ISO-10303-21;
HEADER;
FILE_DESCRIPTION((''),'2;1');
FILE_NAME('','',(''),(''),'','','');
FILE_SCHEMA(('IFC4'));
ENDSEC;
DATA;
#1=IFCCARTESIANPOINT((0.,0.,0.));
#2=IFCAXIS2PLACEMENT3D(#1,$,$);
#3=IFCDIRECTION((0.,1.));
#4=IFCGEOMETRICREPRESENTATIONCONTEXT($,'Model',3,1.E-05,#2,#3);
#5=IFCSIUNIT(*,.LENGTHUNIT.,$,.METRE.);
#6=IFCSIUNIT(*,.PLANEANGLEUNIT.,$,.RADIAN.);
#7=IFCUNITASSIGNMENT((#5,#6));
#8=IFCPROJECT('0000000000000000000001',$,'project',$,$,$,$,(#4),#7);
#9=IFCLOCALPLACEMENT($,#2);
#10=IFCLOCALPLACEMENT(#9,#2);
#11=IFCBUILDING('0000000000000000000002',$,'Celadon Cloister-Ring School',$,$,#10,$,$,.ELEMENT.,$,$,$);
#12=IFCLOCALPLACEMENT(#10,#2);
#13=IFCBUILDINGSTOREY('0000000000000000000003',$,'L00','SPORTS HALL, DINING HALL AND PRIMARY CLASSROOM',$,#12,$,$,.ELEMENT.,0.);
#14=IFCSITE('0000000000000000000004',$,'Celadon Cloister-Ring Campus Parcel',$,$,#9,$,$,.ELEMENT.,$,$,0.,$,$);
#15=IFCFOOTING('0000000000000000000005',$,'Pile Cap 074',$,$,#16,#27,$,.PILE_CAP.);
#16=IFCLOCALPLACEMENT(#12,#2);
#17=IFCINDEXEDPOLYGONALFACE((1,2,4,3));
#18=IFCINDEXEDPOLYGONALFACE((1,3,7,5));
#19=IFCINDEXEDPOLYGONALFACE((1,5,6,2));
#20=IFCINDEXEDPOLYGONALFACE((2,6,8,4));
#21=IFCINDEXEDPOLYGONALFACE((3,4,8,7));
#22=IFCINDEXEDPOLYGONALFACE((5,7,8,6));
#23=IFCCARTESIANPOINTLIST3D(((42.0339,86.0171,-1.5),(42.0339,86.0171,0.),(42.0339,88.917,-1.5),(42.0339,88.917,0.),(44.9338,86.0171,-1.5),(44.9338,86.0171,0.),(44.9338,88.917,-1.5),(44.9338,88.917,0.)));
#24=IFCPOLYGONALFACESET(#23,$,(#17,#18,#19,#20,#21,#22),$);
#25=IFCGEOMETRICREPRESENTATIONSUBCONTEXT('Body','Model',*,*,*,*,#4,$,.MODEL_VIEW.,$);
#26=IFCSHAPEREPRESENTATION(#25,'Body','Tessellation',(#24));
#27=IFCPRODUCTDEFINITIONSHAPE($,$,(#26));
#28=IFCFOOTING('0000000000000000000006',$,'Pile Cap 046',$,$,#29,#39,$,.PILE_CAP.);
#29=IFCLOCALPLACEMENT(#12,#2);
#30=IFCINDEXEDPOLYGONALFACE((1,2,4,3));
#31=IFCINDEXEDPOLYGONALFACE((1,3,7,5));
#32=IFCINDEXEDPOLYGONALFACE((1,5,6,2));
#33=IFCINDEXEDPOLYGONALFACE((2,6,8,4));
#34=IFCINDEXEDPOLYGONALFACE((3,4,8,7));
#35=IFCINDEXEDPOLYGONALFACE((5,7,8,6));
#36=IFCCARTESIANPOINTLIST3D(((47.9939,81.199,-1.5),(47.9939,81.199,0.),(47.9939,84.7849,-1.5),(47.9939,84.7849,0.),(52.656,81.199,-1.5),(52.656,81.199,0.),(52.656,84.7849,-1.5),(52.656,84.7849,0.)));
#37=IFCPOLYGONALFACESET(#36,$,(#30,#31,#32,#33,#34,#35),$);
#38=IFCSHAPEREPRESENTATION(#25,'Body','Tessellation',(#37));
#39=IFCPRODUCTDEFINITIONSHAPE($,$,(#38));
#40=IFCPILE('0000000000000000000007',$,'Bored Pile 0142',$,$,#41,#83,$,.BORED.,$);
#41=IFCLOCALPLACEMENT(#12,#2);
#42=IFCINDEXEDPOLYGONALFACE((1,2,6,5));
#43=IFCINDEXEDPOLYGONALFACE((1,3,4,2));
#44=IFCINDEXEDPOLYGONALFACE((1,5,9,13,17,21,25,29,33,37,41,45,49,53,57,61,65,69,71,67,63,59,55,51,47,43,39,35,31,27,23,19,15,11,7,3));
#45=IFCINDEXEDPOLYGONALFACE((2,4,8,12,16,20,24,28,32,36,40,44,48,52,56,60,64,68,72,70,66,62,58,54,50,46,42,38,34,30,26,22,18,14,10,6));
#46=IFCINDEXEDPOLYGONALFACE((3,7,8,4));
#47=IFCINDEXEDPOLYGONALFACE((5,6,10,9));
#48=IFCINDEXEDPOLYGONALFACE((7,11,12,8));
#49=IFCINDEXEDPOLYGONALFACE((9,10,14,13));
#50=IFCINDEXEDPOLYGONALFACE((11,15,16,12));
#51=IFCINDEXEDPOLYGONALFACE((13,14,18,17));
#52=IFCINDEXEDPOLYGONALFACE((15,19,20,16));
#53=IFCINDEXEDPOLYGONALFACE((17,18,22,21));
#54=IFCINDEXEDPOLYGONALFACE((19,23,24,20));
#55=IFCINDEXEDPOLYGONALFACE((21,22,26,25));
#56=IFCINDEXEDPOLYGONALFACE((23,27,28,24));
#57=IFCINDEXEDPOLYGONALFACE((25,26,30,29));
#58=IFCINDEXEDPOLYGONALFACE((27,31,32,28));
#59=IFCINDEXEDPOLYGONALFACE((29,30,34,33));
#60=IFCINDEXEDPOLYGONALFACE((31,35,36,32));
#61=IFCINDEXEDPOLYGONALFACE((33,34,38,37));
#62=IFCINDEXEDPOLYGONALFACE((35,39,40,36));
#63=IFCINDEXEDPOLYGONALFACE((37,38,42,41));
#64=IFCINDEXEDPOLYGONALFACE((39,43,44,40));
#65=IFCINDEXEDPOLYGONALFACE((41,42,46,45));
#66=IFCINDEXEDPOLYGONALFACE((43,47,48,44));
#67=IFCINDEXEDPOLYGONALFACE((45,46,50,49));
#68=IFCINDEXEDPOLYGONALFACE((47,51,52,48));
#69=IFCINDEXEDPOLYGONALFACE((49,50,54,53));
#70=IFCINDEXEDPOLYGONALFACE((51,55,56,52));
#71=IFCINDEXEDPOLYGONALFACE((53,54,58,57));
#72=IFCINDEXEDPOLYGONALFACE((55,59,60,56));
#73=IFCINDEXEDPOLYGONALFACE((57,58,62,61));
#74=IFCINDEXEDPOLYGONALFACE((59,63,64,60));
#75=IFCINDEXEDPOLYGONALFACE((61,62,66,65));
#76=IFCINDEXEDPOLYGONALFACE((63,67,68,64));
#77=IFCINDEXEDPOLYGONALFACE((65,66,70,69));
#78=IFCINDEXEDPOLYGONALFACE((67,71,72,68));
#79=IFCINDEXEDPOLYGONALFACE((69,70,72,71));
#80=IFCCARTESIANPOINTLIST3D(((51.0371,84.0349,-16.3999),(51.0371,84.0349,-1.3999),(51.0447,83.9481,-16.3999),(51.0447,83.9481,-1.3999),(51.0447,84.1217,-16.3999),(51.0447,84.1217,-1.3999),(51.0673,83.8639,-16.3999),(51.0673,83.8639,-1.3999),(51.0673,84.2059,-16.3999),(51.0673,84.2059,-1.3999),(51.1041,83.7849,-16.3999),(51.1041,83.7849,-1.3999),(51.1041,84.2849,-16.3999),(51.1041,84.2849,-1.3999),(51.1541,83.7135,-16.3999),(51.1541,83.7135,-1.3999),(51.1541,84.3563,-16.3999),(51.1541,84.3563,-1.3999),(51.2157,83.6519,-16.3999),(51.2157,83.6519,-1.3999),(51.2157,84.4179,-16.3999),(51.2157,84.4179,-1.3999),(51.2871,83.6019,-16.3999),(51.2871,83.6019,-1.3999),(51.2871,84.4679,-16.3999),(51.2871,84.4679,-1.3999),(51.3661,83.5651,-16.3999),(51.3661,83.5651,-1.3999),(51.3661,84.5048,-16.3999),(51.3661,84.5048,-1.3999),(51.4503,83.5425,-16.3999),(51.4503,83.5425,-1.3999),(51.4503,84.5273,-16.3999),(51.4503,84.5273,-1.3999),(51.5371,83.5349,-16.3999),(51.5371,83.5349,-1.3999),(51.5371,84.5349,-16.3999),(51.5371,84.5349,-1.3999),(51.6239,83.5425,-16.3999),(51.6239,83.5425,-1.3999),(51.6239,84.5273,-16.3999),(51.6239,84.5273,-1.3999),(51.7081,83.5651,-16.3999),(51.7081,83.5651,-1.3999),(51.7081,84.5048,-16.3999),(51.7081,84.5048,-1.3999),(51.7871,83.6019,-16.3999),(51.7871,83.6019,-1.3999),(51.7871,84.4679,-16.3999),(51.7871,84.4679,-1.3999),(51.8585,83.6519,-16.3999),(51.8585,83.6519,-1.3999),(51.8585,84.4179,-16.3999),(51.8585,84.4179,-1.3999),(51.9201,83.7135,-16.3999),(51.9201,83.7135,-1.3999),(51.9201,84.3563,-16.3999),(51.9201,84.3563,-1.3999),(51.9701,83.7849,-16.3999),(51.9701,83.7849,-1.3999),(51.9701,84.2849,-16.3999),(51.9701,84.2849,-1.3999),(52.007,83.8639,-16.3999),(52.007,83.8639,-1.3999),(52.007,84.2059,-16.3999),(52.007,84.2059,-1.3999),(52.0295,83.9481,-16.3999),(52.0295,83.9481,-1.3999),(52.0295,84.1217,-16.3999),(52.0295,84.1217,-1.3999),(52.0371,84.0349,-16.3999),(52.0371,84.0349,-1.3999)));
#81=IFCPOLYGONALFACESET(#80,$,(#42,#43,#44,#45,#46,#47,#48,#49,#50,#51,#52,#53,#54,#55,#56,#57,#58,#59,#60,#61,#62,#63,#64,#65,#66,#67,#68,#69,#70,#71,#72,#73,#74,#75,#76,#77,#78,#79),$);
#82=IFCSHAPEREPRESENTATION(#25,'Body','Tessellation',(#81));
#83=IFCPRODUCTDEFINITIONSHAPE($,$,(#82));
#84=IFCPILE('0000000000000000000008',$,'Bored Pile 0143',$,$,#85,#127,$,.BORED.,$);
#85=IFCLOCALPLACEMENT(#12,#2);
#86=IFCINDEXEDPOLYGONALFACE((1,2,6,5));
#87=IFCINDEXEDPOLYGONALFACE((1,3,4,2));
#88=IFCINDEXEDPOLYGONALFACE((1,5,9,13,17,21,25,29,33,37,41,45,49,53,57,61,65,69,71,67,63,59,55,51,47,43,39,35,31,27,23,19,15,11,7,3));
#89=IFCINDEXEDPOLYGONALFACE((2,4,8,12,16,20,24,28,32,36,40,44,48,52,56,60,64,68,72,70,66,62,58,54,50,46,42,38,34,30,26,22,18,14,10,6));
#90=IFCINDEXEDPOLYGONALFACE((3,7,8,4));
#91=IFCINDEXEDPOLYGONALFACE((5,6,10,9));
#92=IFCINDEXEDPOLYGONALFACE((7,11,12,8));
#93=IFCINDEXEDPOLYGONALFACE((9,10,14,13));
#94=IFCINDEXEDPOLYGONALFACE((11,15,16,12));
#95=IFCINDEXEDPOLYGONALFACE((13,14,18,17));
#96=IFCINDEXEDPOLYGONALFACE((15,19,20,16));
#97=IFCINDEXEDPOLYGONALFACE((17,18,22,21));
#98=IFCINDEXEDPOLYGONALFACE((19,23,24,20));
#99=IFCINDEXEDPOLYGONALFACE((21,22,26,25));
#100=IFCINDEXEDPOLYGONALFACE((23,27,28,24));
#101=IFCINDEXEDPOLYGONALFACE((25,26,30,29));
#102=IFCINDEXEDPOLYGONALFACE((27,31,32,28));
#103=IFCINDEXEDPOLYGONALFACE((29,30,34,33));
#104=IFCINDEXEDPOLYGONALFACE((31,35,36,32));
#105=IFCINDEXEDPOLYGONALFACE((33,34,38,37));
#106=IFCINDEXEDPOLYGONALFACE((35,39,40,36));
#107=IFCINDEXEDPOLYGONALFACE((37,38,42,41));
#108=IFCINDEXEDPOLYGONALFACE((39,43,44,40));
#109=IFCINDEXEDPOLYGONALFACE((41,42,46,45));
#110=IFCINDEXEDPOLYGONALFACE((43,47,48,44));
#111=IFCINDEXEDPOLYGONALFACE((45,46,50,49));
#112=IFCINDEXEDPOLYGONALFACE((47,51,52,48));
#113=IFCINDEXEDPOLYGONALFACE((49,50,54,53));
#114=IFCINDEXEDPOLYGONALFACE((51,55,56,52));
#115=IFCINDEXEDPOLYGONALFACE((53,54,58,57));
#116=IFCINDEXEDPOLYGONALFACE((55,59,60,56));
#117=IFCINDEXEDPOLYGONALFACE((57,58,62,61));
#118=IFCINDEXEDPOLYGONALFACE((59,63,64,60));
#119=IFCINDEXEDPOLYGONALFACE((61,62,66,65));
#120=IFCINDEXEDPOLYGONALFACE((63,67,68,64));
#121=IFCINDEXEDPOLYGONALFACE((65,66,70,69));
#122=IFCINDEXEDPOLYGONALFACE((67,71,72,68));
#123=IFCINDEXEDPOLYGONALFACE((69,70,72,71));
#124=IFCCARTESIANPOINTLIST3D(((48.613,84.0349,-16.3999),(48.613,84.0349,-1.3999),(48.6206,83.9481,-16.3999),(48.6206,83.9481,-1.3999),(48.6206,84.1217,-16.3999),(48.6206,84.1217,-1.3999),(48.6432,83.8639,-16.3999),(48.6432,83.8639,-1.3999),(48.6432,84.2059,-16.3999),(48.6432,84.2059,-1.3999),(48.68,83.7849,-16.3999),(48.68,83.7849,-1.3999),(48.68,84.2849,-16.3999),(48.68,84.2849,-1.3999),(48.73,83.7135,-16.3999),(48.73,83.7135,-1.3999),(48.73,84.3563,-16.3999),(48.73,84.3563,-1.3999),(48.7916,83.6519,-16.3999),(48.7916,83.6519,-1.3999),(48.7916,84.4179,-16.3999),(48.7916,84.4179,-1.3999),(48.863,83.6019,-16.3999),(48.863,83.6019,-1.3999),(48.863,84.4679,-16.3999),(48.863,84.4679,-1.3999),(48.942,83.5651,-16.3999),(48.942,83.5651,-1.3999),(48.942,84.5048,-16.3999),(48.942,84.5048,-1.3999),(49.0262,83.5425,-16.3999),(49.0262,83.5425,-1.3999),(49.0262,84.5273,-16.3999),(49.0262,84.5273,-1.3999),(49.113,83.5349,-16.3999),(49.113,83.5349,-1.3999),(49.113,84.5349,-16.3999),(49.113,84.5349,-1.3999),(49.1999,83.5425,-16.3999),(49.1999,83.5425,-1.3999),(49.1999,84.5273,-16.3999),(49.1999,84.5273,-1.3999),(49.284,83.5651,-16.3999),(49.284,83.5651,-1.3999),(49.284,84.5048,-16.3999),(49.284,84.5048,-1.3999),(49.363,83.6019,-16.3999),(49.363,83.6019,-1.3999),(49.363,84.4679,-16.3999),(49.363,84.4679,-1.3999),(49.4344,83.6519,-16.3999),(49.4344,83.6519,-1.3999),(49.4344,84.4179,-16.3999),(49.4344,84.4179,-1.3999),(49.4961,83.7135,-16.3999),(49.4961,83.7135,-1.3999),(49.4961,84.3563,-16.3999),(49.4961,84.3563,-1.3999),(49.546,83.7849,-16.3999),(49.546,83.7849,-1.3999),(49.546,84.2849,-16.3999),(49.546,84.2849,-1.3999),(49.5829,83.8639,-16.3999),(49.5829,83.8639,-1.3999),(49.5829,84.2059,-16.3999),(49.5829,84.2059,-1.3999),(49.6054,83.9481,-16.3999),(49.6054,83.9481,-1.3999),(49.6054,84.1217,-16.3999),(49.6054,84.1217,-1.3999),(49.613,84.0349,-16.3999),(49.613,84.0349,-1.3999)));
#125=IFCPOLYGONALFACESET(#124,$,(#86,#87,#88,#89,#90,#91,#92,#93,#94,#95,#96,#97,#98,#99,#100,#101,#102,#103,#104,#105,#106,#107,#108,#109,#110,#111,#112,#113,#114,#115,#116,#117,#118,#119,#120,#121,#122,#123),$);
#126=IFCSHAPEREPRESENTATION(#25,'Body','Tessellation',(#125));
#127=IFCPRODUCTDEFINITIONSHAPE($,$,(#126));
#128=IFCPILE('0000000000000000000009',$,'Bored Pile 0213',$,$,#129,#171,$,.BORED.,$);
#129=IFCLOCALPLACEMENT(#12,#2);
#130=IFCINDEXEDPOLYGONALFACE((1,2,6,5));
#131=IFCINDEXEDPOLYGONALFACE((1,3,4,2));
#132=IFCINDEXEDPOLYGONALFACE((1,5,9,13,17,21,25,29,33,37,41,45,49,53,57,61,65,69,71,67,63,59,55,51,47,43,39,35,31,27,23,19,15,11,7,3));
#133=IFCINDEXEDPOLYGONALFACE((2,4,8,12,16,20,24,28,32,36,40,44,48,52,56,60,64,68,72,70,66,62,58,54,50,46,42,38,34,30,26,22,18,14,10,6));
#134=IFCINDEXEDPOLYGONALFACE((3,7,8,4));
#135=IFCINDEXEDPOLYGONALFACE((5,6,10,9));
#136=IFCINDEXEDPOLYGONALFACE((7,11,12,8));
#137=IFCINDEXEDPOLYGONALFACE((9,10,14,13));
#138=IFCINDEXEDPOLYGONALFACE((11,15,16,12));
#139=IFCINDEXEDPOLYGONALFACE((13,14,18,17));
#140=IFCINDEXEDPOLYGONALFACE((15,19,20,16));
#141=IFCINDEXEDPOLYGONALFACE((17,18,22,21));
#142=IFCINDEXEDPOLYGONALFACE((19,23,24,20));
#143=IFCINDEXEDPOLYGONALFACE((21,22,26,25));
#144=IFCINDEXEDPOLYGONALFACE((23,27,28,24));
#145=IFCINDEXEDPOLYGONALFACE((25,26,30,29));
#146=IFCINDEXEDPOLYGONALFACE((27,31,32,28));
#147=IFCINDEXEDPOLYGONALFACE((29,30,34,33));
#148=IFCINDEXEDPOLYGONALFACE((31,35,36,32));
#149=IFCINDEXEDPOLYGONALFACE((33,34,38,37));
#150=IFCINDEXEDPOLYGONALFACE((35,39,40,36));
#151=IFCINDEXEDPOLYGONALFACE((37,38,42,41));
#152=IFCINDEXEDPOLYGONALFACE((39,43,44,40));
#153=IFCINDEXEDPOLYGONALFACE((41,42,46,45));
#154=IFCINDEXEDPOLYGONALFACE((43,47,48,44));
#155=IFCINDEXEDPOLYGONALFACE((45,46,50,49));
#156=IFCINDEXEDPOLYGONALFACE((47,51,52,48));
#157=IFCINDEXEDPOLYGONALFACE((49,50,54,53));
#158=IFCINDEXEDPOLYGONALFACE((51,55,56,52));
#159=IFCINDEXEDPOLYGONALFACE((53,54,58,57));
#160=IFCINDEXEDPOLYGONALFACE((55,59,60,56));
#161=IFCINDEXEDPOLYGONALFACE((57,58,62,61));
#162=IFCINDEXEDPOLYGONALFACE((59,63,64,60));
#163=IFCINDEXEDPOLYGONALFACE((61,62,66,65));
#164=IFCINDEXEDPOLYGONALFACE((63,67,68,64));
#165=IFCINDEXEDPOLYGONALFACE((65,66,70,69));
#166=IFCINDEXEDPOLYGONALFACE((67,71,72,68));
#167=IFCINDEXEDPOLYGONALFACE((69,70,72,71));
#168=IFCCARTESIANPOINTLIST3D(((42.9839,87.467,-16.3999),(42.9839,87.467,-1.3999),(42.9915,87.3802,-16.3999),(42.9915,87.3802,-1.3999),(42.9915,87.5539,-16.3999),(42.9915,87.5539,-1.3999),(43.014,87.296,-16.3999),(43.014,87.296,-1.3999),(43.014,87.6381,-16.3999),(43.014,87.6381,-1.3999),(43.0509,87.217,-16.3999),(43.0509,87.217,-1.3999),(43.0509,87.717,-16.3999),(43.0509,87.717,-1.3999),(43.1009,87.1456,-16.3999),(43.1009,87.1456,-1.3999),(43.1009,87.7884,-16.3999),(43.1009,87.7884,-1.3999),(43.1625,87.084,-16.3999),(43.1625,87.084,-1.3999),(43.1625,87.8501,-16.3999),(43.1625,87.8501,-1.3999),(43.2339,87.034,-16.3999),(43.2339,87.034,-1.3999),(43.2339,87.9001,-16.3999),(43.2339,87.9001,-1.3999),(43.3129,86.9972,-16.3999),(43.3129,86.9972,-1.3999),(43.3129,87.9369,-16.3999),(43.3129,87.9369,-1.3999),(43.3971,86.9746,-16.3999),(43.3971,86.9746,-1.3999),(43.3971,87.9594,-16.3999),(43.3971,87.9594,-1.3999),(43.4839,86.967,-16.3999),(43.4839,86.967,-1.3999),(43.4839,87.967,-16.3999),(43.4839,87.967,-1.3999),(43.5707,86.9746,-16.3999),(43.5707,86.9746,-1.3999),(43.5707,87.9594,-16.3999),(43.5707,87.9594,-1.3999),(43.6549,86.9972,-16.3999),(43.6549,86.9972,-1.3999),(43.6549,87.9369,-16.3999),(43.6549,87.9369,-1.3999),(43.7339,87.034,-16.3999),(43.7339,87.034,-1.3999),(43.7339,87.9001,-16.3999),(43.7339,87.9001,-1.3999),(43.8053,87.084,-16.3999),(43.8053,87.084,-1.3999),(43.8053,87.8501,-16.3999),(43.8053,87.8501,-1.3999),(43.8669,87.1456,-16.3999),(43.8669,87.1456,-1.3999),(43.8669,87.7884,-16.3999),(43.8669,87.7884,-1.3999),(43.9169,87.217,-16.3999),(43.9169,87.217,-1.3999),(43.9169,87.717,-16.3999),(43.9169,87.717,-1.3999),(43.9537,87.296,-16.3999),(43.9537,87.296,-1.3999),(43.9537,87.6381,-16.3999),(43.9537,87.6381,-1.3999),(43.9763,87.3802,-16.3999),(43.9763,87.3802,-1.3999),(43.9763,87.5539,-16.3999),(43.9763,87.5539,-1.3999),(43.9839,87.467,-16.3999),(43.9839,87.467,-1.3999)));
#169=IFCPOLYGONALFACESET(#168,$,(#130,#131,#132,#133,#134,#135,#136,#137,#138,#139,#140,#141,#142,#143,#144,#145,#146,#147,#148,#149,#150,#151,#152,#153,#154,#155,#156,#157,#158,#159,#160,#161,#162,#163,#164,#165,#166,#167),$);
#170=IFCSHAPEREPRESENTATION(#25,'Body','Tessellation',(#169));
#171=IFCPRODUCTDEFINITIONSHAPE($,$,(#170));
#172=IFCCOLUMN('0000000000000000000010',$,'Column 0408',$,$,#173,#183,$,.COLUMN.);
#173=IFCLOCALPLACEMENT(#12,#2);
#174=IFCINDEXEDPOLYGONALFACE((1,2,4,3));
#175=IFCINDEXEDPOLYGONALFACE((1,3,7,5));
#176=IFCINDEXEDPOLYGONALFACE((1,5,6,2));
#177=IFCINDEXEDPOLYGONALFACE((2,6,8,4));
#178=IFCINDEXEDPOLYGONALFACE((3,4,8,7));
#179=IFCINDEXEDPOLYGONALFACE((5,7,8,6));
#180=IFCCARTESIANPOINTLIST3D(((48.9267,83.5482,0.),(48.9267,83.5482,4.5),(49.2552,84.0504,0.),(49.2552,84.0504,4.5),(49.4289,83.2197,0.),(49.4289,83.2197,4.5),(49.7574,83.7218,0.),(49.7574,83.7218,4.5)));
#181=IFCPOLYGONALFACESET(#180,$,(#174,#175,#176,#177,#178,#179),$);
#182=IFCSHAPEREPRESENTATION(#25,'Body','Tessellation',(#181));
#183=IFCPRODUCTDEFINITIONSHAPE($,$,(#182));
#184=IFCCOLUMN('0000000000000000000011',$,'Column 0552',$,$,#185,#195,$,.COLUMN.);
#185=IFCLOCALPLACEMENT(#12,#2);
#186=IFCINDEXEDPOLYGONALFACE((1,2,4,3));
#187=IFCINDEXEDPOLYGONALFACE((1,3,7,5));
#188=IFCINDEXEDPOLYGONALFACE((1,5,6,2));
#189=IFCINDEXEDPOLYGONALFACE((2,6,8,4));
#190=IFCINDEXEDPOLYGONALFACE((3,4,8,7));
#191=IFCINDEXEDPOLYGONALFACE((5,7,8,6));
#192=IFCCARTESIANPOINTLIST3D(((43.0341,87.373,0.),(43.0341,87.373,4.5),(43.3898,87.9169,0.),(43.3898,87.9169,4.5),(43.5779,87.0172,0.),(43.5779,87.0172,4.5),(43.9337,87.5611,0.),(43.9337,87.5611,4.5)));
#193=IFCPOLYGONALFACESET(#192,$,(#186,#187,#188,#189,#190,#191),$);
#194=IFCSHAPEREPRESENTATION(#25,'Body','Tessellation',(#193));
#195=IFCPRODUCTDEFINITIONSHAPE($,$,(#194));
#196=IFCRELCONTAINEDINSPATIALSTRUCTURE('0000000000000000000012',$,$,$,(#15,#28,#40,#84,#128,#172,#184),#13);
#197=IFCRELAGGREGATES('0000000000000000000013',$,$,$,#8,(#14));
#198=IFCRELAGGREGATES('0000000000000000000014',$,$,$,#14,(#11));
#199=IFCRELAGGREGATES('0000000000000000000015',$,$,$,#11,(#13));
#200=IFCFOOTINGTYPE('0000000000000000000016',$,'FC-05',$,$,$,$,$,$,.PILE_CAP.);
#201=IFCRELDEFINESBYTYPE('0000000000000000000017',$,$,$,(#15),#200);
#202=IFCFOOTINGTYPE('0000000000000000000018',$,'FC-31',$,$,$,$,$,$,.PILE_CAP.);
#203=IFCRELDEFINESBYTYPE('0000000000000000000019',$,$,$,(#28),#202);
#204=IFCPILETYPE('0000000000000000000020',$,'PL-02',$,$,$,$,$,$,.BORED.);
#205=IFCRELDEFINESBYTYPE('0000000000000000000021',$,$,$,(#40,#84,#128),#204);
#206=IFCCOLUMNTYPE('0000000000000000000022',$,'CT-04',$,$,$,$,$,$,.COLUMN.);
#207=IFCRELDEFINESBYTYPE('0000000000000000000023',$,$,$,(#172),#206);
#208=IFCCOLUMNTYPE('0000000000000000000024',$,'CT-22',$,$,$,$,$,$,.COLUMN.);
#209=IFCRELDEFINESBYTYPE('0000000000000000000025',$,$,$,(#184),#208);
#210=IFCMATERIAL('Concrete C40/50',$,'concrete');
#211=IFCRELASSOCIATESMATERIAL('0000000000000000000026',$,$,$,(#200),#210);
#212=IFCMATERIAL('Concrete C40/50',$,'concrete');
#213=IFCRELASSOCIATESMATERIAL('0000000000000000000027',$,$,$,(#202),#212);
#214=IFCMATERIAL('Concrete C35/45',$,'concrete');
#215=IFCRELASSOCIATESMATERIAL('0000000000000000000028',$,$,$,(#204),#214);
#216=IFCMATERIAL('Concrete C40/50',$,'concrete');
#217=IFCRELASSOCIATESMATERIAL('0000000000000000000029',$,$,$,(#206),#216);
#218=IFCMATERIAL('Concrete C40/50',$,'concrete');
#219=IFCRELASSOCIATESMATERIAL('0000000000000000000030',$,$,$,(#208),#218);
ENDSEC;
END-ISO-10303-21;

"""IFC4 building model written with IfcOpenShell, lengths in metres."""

from ifc_helpers import new_model, si_unit, direction, frame, origin, origin_2d, place, context, subcontext, project, spatial, rectangle, circle, extrude, material, material_profile, profile_set, type_object, element, save


model = new_model("IFC4")

# Units and contexts
model_context = context("Model", 3, precision=1e-05, world=origin(), true_north=direction((0.0, 1.0)))
body_context = subcontext(model_context, "Body", "Model", "MODEL_VIEW")
ifc_project = project(units=[si_unit("LENGTHUNIT", "METRE"), si_unit("PLANEANGLEUNIT", "RADIAN")], contexts=[model_context])

# Site, building, storey
site_placement = place(None, origin())
site = spatial("IfcSite", under=ifc_project, at=site_placement, Name="Celadon Cloister-Ring Campus Parcel", CompositionType="ELEMENT", RefElevation=0.0)
building_placement = place(site_placement, origin())
building = spatial("IfcBuilding", under=site, at=building_placement, Name="Celadon Cloister-Ring School", CompositionType="ELEMENT")
storey_placement = place(building_placement, origin())
storey = spatial("IfcBuildingStorey", under=building, at=storey_placement, Name="L00", Description="SPORTS HALL, DINING HALL AND PRIMARY CLASSROOM", CompositionType="ELEMENT", Elevation=0.0)

# Footings
ifc_material_1 = material(Name="Concrete C40/50", Category="concrete")
footing_type_1 = type_object("IfcFootingType", Name="FC-05", PredefinedType="PILE_CAP", material=ifc_material_1)
footing_1_placement = place(storey_placement, frame((43.4839, 87.467, -1.5), z_axis=(0.0, 0.0, 1.0), x_axis=(1.0, 0.0, 0.0)))
element("IfcFooting", 1, at=footing_1_placement, inside=storey, type_object=footing_type_1, Name="Pile Cap 074", PredefinedType="PILE_CAP", context=body_context, shape_type="SweptSolid", body=[
    extrude(rectangle(XDim=2.8999, YDim=2.8999, at=origin_2d()), origin(), (0.0, 0.0, 1.0), 1.5),
])
ifc_material_2 = material(Name="Concrete C40/50", Category="concrete")
footing_type_2 = type_object("IfcFootingType", Name="FC-31", PredefinedType="PILE_CAP", material=ifc_material_2)
footing_2_placement = place(storey_placement, frame((50.325, 82.9919, -1.5), z_axis=(0.0, 0.0, 1.0), x_axis=(1.0, 0.0, 0.0)))
element("IfcFooting", 2, at=footing_2_placement, inside=storey, type_object=footing_type_2, Name="Pile Cap 046", PredefinedType="PILE_CAP", context=body_context, shape_type="SweptSolid", body=[
    extrude(rectangle(XDim=4.6621, YDim=3.5859, at=origin_2d()), origin(), (0.0, 0.0, 1.0), 1.5),
])

# Piles
ifc_material_3 = material(Name="Concrete C35/45", Category="concrete")
ifc_material_profile_1 = material_profile(ifc_material_3, circle(Radius=0.5, at=origin_2d()), Name="PILE1000")
ifc_profile_set_1 = profile_set([ifc_material_profile_1], Name="Concrete C35/45")
pile_type = type_object("IfcPileType", Name="PL-02", PredefinedType="BORED", material=ifc_profile_set_1)
for number, where, z_axis, x_axis, name in (
    (3, (51.5371, 84.0349, -1.3999), (0.0, 0.0, -1.0), (1.0, 0.0, 0.0), "Bored Pile 0142"),
    (4, (49.113, 84.0349, -1.3999), (0.0, 0.0, -1.0), (1.0, 0.0, 0.0), "Bored Pile 0143"),
    (5, (43.4839, 87.467, -1.3999), (0.0, 0.0, -1.0), (1.0, 0.0, 0.0), "Bored Pile 0213"),
):
    element("IfcPile", number, at=place(storey_placement, frame(where, z_axis=z_axis, x_axis=x_axis)), inside=storey, type_object=pile_type, Name=name, PredefinedType="BORED", context=body_context, shape_type="SweptSolid", body=[
        extrude(circle(Radius=0.5, at=origin_2d()), origin(), (0.0, 0.0, 1.0), 15.0),
    ])

# Columns
ifc_material_4 = material(Name="Concrete C40/50", Category="concrete")
ifc_material_profile_2 = material_profile(ifc_material_4, rectangle(XDim=0.6001, YDim=0.6001, at=origin_2d()), Name="RC600X600")
ifc_profile_set_2 = profile_set([ifc_material_profile_2], Name="Concrete C40/50")
column_type_1 = type_object("IfcColumnType", Name="CT-04", PredefinedType="COLUMN", material=ifc_profile_set_2)
column_1_placement = place(storey_placement, frame((49.342, 83.635, 0.0), z_axis=(0.0, 0.0, 1.0), x_axis=(-0.836841, 0.547446, 0.0)))
element("IfcColumn", 6, at=column_1_placement, inside=storey, type_object=column_type_1, Name="Column 0408", PredefinedType="COLUMN", context=body_context, shape_type="SweptSolid", body=[
    extrude(rectangle(XDim=0.6001, YDim=0.6001, at=origin_2d()), origin(), (0.0, 0.0, 1.0), 4.5),
])
ifc_material_5 = material(Name="Concrete C40/50", Category="concrete")
ifc_material_profile_3 = material_profile(ifc_material_5, rectangle(XDim=0.6499, YDim=0.6499, at=origin_2d()), Name="RC650X650")
ifc_profile_set_3 = profile_set([ifc_material_profile_3], Name="Concrete C40/50")
column_type_2 = type_object("IfcColumnType", Name="CT-22", PredefinedType="COLUMN", material=ifc_profile_set_3)
column_2_placement = place(storey_placement, frame((43.4839, 87.467, 0.0), z_axis=(0.0, 0.0, 1.0), x_axis=(-0.836841, 0.547446, 0.0)))
element("IfcColumn", 7, at=column_2_placement, inside=storey, type_object=column_type_2, Name="Column 0552", PredefinedType="COLUMN", context=body_context, shape_type="SweptSolid", body=[
    extrude(rectangle(XDim=0.6499, YDim=0.6499, at=origin_2d()), origin(), (0.0, 0.0, 1.0), 4.5),
])

save(model, "model.ifc")
